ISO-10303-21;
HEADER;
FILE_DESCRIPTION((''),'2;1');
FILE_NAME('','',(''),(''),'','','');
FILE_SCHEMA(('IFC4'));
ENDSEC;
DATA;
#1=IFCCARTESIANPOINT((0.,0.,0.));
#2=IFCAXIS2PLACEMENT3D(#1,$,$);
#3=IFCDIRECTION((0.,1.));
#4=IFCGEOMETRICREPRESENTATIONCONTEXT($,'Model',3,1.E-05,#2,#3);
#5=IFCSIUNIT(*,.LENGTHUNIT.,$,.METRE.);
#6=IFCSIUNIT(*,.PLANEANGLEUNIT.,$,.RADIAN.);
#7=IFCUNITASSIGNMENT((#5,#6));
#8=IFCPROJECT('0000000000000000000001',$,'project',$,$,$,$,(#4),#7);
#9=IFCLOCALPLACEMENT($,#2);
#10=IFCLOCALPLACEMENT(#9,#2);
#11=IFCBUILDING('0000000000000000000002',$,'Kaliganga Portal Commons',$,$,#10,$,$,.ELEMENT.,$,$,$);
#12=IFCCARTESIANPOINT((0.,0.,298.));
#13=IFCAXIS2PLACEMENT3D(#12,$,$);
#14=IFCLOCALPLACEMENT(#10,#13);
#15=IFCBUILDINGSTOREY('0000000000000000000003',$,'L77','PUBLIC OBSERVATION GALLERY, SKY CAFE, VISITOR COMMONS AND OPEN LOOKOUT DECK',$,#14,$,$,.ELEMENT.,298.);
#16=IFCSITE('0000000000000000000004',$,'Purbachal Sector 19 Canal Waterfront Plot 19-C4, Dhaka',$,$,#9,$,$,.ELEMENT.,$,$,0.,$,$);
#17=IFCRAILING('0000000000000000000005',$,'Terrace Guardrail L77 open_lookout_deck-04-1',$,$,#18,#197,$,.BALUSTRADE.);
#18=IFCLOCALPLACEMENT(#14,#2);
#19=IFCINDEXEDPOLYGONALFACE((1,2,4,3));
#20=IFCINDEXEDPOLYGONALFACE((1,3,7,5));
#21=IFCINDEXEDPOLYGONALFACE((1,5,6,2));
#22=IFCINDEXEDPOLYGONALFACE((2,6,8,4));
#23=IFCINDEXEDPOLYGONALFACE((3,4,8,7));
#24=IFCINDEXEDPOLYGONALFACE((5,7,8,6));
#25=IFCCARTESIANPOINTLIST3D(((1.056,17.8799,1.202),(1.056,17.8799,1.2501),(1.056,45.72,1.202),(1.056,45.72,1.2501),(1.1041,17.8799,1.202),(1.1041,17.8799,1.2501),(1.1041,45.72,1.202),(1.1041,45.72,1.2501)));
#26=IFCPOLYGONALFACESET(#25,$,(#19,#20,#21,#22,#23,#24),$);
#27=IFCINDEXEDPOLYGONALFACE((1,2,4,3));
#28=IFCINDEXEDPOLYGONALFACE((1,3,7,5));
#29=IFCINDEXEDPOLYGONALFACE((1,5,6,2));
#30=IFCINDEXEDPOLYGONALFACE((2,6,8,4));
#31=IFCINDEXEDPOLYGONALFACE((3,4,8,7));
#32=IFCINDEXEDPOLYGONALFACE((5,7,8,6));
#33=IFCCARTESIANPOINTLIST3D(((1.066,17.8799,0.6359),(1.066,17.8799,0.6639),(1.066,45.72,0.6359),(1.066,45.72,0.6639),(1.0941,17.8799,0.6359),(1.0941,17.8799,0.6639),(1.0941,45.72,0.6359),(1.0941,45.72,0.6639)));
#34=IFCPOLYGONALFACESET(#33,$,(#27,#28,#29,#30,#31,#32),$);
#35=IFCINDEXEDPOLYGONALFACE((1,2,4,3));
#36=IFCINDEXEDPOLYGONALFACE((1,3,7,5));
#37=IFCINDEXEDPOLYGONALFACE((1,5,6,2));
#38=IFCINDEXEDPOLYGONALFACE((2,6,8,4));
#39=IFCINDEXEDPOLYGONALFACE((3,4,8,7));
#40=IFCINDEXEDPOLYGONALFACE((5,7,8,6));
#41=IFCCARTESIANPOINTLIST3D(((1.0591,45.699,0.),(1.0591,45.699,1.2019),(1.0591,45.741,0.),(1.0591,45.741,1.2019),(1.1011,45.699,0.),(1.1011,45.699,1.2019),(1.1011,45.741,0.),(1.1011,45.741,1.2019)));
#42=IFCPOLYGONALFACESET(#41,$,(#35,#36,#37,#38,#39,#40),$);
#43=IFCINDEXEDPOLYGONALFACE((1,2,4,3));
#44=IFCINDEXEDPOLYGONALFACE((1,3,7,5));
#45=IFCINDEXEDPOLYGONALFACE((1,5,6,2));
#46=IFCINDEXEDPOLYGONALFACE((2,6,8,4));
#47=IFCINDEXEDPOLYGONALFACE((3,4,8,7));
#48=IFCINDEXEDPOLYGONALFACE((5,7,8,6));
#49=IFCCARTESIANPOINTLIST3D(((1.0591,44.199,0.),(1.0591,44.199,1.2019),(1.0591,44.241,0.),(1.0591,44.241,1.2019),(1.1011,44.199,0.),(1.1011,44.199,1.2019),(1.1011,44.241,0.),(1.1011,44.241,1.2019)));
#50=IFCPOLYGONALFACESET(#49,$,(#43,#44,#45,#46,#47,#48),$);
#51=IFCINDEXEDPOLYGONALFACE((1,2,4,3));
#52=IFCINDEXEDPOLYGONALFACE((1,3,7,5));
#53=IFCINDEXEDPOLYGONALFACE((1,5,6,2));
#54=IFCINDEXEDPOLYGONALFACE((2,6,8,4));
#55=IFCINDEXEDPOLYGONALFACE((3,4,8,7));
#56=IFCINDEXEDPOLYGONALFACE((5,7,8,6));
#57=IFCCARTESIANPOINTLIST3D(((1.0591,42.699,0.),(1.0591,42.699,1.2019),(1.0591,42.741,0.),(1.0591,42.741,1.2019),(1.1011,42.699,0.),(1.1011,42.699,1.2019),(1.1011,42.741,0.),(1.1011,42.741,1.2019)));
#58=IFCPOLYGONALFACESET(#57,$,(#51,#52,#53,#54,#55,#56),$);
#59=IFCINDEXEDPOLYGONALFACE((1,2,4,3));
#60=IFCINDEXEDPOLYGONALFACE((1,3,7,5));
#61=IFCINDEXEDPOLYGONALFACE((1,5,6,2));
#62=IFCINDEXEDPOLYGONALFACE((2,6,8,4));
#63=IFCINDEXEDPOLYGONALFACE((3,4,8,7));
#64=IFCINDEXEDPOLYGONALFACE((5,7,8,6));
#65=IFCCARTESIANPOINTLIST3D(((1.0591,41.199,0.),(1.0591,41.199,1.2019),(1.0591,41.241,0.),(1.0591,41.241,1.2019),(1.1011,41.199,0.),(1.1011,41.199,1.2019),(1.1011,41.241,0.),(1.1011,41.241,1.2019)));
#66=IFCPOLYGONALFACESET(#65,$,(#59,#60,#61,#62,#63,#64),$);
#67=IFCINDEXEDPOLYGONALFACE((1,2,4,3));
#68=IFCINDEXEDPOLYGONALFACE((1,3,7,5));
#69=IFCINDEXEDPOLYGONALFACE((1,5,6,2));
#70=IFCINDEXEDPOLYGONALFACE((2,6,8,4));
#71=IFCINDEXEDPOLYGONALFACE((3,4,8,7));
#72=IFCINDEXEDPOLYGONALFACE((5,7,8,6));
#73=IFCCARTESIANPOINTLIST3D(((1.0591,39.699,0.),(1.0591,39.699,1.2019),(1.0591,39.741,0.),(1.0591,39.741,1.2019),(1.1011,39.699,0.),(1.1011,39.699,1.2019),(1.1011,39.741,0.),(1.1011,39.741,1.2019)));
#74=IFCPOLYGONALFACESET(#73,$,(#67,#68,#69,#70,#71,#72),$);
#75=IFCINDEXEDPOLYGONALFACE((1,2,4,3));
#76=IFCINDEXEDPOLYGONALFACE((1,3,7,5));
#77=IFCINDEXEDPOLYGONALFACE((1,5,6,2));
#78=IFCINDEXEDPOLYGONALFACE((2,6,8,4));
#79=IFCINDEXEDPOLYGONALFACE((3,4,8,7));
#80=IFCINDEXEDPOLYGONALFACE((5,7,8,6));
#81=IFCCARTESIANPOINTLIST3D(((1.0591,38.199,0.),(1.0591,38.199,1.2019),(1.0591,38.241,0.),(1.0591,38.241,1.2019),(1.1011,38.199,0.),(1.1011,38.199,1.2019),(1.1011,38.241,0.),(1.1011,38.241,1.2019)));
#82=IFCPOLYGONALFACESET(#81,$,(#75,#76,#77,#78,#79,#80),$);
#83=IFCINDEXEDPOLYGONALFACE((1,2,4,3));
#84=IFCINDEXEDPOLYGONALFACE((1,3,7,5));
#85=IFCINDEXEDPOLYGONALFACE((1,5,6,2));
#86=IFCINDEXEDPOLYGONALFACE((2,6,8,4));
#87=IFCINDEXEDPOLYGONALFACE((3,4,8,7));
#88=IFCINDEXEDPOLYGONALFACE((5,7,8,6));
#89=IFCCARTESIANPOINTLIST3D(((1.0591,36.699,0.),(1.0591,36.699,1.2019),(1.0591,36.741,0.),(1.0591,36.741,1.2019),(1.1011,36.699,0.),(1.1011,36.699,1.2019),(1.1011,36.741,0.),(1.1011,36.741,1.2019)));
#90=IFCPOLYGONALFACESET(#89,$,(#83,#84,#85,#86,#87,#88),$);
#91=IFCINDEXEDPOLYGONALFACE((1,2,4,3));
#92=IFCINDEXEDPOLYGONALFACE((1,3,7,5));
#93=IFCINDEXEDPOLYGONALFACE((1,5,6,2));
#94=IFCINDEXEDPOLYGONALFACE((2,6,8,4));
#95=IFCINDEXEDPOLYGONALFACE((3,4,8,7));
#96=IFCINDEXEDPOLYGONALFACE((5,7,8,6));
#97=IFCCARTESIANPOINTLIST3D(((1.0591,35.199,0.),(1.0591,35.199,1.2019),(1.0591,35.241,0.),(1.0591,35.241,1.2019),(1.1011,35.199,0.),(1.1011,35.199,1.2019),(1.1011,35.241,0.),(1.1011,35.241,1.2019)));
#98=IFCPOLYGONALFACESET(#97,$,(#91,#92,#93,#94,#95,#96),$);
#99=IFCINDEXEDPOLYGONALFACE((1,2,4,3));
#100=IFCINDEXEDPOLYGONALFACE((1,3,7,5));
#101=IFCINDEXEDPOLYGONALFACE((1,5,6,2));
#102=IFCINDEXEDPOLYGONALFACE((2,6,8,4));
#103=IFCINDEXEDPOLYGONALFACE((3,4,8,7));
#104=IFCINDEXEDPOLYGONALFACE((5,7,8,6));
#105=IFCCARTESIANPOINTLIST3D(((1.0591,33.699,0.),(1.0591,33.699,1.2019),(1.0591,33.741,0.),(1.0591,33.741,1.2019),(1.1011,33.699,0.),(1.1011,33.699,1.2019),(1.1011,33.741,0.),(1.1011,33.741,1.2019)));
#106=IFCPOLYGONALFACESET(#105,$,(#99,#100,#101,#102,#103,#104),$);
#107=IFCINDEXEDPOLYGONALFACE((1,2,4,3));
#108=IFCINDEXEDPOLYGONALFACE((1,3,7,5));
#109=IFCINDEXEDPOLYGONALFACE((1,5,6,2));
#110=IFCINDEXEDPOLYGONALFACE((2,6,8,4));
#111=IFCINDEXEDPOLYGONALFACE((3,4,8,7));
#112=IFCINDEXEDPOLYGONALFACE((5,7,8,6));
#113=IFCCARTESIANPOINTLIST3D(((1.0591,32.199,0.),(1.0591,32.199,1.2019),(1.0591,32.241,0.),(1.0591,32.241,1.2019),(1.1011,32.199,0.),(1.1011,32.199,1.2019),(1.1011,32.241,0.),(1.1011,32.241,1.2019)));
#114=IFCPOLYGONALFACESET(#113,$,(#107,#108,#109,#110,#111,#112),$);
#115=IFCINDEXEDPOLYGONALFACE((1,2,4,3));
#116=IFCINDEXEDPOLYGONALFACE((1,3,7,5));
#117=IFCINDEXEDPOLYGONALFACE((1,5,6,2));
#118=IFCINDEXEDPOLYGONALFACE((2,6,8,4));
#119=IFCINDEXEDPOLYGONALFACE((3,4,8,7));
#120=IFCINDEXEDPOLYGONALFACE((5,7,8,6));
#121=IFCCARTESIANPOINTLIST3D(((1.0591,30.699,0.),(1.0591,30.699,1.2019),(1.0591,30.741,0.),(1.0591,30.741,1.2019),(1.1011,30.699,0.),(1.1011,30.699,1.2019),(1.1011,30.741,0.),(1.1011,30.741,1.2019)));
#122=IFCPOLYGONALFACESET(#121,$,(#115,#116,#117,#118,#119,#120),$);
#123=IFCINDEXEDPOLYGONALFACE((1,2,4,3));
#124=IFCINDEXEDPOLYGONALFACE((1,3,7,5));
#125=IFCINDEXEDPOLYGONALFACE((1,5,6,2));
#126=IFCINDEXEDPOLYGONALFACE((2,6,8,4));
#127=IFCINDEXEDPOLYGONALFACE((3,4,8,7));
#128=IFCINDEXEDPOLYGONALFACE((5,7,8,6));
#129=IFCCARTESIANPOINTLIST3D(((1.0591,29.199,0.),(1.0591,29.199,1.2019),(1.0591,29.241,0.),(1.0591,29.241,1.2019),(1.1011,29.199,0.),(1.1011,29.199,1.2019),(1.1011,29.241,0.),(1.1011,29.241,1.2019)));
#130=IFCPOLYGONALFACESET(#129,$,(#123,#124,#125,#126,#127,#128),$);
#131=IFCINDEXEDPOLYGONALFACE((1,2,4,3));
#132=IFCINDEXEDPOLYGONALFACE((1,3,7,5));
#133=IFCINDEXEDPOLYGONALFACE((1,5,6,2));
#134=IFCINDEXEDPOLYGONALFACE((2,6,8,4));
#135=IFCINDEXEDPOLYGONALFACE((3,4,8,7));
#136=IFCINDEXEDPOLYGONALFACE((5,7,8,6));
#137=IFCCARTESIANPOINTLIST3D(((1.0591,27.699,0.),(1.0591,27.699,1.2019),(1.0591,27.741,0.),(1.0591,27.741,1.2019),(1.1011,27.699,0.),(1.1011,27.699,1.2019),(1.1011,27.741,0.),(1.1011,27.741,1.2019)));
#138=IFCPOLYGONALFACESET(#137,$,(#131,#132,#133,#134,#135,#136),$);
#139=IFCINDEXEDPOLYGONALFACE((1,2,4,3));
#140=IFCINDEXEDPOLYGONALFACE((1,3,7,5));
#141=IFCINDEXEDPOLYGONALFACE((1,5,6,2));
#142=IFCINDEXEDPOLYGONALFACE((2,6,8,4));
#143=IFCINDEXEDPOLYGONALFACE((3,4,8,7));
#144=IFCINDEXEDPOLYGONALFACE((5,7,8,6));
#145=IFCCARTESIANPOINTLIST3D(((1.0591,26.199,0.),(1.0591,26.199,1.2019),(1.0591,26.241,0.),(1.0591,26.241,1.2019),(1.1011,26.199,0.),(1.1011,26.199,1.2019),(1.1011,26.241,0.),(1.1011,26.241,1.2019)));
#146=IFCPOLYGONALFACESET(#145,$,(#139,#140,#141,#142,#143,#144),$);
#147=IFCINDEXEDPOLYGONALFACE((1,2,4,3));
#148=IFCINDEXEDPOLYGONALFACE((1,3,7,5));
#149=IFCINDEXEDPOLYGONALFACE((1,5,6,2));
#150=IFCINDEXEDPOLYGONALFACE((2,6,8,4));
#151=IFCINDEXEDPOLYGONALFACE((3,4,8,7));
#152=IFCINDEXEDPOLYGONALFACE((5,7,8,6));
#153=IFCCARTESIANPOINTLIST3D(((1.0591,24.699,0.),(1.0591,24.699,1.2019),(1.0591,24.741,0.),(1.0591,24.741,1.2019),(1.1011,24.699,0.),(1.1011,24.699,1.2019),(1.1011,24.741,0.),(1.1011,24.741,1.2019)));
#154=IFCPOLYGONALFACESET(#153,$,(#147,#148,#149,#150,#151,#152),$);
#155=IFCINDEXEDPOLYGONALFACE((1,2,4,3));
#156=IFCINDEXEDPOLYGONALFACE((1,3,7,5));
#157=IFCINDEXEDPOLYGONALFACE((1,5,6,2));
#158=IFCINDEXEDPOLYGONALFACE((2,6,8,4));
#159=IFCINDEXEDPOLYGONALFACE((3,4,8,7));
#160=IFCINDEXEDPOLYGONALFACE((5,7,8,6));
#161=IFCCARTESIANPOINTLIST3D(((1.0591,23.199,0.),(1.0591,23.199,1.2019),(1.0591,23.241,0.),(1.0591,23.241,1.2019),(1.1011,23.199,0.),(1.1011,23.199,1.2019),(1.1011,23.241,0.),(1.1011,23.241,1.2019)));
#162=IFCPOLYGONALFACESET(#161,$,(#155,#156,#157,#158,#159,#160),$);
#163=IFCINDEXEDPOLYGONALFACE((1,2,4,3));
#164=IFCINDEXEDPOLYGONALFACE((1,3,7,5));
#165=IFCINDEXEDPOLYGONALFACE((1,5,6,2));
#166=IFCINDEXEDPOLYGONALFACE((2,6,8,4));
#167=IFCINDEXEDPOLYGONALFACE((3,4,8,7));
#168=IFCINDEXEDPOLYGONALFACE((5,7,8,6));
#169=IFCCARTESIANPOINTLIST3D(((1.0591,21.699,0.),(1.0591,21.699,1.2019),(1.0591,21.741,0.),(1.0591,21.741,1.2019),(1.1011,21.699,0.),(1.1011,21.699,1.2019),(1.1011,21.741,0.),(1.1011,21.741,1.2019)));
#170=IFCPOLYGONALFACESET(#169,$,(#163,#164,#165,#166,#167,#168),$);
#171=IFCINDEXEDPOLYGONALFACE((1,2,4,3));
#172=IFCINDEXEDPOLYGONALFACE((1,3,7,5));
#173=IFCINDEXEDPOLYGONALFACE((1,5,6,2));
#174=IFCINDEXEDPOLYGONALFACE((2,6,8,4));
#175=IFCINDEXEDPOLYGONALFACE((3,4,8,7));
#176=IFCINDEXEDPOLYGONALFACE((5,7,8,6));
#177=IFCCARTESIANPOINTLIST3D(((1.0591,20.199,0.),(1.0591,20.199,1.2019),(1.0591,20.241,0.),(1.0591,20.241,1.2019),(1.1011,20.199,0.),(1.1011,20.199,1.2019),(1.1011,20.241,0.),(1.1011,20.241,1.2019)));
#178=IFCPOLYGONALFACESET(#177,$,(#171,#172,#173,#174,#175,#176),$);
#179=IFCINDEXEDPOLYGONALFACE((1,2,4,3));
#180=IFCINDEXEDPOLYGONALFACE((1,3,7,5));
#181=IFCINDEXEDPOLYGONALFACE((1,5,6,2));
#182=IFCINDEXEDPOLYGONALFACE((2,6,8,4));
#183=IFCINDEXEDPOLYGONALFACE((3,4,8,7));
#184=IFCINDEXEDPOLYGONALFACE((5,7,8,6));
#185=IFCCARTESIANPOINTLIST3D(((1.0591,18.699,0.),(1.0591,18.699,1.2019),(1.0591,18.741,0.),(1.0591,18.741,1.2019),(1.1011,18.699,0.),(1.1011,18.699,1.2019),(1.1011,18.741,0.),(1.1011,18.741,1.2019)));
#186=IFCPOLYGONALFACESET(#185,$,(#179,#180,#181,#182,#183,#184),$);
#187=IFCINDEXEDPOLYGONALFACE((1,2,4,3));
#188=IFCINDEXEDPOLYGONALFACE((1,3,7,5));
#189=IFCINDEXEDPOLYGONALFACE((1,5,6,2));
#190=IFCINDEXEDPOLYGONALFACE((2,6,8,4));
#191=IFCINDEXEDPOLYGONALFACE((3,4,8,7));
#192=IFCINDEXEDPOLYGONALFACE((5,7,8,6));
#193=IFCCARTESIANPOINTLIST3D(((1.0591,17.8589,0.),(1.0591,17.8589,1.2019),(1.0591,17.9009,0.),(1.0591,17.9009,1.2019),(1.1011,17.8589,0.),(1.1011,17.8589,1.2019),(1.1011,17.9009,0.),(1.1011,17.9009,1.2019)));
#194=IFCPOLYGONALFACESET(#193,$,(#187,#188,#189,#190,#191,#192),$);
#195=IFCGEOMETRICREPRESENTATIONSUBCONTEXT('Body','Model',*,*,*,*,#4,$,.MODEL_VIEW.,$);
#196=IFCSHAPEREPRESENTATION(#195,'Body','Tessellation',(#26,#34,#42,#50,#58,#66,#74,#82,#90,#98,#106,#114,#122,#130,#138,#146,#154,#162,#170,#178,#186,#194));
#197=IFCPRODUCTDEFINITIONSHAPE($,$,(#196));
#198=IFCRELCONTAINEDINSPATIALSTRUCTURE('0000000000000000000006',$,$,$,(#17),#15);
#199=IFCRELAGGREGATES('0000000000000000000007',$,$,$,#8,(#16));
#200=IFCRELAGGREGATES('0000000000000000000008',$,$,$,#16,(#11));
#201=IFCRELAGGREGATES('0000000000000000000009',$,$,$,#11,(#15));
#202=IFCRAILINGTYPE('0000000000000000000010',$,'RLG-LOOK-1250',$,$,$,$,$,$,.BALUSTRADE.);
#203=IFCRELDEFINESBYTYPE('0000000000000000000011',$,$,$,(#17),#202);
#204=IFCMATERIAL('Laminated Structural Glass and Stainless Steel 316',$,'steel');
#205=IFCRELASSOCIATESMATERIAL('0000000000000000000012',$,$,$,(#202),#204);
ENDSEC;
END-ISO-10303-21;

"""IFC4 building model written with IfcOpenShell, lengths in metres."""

from ifc_helpers import new_model, si_unit, direction, frame, origin, origin_2d, place, context, subcontext, project, spatial, rectangle, extrude, material, type_object, element, save


model = new_model("IFC4")

# Units and contexts
model_context = context("Model", 3, precision=1e-05, world=origin(), true_north=direction((0.0, 1.0)))
body_context = subcontext(model_context, "Body", "Model", "MODEL_VIEW")
ifc_project = project(units=[si_unit("LENGTHUNIT", "METRE"), si_unit("PLANEANGLEUNIT", "RADIAN")], contexts=[model_context])

# Site, building, storey
site_placement = place(None, origin())
site = spatial("IfcSite", under=ifc_project, at=site_placement, Name="Purbachal Sector 19 Canal Waterfront Plot 19-C4, Dhaka", CompositionType="ELEMENT", RefElevation=0.0)
building_placement = place(site_placement, origin())
building = spatial("IfcBuilding", under=site, at=building_placement, Name="Kaliganga Portal Commons", CompositionType="ELEMENT")
storey_placement = place(building_placement, frame((0.0, 0.0, 298.0)))
storey = spatial("IfcBuildingStorey", under=building, at=storey_placement, Name="L77", Description="PUBLIC OBSERVATION GALLERY, SKY CAFE, VISITOR COMMONS AND OPEN LOOKOUT DECK", CompositionType="ELEMENT", Elevation=298.0)

# Railing
ifc_material_1 = material(Name="Laminated Structural Glass and Stainless Steel 316", Category="steel")
railing_type = type_object("IfcRailingType", Name="RLG-LOOK-1250", PredefinedType="BALUSTRADE", material=ifc_material_1)
railing_placement = place(storey_placement, frame((1.0801, 45.72, 0.0)))
element("IfcRailing", 1, at=railing_placement, inside=storey, type_object=railing_type, Name="Terrace Guardrail L77 open_lookout_deck-04-1", PredefinedType="BALUSTRADE", context=body_context, shape_type="SweptSolid", body=[
    extrude(rectangle(XDim=0.0481, YDim=0.0481, at=origin_2d()), frame((0.0, 0.0, 1.2261), z_axis=(0.0, -1.0, 0.0), x_axis=(1.0, 0.0, 0.0)), (0.0, 0.0, 1.0), 27.8401),
    extrude(rectangle(XDim=0.0281, YDim=0.0281, at=origin_2d()), frame((0.0, 0.0, 0.6499), z_axis=(0.0, -1.0, 0.0), x_axis=(1.0, 0.0, 0.0)), (0.0, 0.0, 1.0), 27.8401),
    extrude(rectangle(XDim=0.042, YDim=0.042, at=origin_2d()), origin(), (0.0, 0.0, 1.0), 1.2019),
    extrude(rectangle(XDim=0.042, YDim=0.042, at=origin_2d()), frame((0.0, -1.5, 0.0)), (0.0, 0.0, 1.0), 1.2019),
    extrude(rectangle(XDim=0.042, YDim=0.042, at=origin_2d()), frame((0.0, -3.0, 0.0)), (0.0, 0.0, 1.0), 1.2019),
    extrude(rectangle(XDim=0.042, YDim=0.042, at=origin_2d()), frame((0.0, -4.5, 0.0)), (0.0, 0.0, 1.0), 1.2019),
    extrude(rectangle(XDim=0.042, YDim=0.042, at=origin_2d()), frame((0.0, -6.0, 0.0)), (0.0, 0.0, 1.0), 1.2019),
    extrude(rectangle(XDim=0.042, YDim=0.042, at=origin_2d()), frame((0.0, -7.5, 0.0)), (0.0, 0.0, 1.0), 1.2019),
    extrude(rectangle(XDim=0.042, YDim=0.042, at=origin_2d()), frame((0.0, -9.0, 0.0)), (0.0, 0.0, 1.0), 1.2019),
    extrude(rectangle(XDim=0.042, YDim=0.042, at=origin_2d()), frame((0.0, -10.5, 0.0)), (0.0, 0.0, 1.0), 1.2019),
    extrude(rectangle(XDim=0.042, YDim=0.042, at=origin_2d()), frame((0.0, -12.0, 0.0)), (0.0, 0.0, 1.0), 1.2019),
    extrude(rectangle(XDim=0.042, YDim=0.042, at=origin_2d()), frame((0.0, -13.5, 0.0)), (0.0, 0.0, 1.0), 1.2019),
    extrude(rectangle(XDim=0.042, YDim=0.042, at=origin_2d()), frame((0.0, -15.0, 0.0)), (0.0, 0.0, 1.0), 1.2019),
    extrude(rectangle(XDim=0.042, YDim=0.042, at=origin_2d()), frame((0.0, -16.5, 0.0)), (0.0, 0.0, 1.0), 1.2019),
    extrude(rectangle(XDim=0.042, YDim=0.042, at=origin_2d()), frame((0.0, -18.0, 0.0)), (0.0, 0.0, 1.0), 1.2019),
    extrude(rectangle(XDim=0.042, YDim=0.042, at=origin_2d()), frame((0.0, -19.5, 0.0)), (0.0, 0.0, 1.0), 1.2019),
    extrude(rectangle(XDim=0.042, YDim=0.042, at=origin_2d()), frame((0.0, -21.0, 0.0)), (0.0, 0.0, 1.0), 1.2019),
    extrude(rectangle(XDim=0.042, YDim=0.042, at=origin_2d()), frame((0.0, -22.5, 0.0)), (0.0, 0.0, 1.0), 1.2019),
    extrude(rectangle(XDim=0.042, YDim=0.042, at=origin_2d()), frame((0.0, -24.0, 0.0)), (0.0, 0.0, 1.0), 1.2019),
    extrude(rectangle(XDim=0.042, YDim=0.042, at=origin_2d()), frame((0.0, -25.5, 0.0)), (0.0, 0.0, 1.0), 1.2019),
    extrude(rectangle(XDim=0.042, YDim=0.042, at=origin_2d()), frame((0.0, -27.0, 0.0)), (0.0, 0.0, 1.0), 1.2019),
    extrude(rectangle(XDim=0.042, YDim=0.042, at=origin_2d()), frame((0.0, -27.8401, 0.0)), (0.0, 0.0, 1.0), 1.2019),
])

save(model, "model.ifc")
